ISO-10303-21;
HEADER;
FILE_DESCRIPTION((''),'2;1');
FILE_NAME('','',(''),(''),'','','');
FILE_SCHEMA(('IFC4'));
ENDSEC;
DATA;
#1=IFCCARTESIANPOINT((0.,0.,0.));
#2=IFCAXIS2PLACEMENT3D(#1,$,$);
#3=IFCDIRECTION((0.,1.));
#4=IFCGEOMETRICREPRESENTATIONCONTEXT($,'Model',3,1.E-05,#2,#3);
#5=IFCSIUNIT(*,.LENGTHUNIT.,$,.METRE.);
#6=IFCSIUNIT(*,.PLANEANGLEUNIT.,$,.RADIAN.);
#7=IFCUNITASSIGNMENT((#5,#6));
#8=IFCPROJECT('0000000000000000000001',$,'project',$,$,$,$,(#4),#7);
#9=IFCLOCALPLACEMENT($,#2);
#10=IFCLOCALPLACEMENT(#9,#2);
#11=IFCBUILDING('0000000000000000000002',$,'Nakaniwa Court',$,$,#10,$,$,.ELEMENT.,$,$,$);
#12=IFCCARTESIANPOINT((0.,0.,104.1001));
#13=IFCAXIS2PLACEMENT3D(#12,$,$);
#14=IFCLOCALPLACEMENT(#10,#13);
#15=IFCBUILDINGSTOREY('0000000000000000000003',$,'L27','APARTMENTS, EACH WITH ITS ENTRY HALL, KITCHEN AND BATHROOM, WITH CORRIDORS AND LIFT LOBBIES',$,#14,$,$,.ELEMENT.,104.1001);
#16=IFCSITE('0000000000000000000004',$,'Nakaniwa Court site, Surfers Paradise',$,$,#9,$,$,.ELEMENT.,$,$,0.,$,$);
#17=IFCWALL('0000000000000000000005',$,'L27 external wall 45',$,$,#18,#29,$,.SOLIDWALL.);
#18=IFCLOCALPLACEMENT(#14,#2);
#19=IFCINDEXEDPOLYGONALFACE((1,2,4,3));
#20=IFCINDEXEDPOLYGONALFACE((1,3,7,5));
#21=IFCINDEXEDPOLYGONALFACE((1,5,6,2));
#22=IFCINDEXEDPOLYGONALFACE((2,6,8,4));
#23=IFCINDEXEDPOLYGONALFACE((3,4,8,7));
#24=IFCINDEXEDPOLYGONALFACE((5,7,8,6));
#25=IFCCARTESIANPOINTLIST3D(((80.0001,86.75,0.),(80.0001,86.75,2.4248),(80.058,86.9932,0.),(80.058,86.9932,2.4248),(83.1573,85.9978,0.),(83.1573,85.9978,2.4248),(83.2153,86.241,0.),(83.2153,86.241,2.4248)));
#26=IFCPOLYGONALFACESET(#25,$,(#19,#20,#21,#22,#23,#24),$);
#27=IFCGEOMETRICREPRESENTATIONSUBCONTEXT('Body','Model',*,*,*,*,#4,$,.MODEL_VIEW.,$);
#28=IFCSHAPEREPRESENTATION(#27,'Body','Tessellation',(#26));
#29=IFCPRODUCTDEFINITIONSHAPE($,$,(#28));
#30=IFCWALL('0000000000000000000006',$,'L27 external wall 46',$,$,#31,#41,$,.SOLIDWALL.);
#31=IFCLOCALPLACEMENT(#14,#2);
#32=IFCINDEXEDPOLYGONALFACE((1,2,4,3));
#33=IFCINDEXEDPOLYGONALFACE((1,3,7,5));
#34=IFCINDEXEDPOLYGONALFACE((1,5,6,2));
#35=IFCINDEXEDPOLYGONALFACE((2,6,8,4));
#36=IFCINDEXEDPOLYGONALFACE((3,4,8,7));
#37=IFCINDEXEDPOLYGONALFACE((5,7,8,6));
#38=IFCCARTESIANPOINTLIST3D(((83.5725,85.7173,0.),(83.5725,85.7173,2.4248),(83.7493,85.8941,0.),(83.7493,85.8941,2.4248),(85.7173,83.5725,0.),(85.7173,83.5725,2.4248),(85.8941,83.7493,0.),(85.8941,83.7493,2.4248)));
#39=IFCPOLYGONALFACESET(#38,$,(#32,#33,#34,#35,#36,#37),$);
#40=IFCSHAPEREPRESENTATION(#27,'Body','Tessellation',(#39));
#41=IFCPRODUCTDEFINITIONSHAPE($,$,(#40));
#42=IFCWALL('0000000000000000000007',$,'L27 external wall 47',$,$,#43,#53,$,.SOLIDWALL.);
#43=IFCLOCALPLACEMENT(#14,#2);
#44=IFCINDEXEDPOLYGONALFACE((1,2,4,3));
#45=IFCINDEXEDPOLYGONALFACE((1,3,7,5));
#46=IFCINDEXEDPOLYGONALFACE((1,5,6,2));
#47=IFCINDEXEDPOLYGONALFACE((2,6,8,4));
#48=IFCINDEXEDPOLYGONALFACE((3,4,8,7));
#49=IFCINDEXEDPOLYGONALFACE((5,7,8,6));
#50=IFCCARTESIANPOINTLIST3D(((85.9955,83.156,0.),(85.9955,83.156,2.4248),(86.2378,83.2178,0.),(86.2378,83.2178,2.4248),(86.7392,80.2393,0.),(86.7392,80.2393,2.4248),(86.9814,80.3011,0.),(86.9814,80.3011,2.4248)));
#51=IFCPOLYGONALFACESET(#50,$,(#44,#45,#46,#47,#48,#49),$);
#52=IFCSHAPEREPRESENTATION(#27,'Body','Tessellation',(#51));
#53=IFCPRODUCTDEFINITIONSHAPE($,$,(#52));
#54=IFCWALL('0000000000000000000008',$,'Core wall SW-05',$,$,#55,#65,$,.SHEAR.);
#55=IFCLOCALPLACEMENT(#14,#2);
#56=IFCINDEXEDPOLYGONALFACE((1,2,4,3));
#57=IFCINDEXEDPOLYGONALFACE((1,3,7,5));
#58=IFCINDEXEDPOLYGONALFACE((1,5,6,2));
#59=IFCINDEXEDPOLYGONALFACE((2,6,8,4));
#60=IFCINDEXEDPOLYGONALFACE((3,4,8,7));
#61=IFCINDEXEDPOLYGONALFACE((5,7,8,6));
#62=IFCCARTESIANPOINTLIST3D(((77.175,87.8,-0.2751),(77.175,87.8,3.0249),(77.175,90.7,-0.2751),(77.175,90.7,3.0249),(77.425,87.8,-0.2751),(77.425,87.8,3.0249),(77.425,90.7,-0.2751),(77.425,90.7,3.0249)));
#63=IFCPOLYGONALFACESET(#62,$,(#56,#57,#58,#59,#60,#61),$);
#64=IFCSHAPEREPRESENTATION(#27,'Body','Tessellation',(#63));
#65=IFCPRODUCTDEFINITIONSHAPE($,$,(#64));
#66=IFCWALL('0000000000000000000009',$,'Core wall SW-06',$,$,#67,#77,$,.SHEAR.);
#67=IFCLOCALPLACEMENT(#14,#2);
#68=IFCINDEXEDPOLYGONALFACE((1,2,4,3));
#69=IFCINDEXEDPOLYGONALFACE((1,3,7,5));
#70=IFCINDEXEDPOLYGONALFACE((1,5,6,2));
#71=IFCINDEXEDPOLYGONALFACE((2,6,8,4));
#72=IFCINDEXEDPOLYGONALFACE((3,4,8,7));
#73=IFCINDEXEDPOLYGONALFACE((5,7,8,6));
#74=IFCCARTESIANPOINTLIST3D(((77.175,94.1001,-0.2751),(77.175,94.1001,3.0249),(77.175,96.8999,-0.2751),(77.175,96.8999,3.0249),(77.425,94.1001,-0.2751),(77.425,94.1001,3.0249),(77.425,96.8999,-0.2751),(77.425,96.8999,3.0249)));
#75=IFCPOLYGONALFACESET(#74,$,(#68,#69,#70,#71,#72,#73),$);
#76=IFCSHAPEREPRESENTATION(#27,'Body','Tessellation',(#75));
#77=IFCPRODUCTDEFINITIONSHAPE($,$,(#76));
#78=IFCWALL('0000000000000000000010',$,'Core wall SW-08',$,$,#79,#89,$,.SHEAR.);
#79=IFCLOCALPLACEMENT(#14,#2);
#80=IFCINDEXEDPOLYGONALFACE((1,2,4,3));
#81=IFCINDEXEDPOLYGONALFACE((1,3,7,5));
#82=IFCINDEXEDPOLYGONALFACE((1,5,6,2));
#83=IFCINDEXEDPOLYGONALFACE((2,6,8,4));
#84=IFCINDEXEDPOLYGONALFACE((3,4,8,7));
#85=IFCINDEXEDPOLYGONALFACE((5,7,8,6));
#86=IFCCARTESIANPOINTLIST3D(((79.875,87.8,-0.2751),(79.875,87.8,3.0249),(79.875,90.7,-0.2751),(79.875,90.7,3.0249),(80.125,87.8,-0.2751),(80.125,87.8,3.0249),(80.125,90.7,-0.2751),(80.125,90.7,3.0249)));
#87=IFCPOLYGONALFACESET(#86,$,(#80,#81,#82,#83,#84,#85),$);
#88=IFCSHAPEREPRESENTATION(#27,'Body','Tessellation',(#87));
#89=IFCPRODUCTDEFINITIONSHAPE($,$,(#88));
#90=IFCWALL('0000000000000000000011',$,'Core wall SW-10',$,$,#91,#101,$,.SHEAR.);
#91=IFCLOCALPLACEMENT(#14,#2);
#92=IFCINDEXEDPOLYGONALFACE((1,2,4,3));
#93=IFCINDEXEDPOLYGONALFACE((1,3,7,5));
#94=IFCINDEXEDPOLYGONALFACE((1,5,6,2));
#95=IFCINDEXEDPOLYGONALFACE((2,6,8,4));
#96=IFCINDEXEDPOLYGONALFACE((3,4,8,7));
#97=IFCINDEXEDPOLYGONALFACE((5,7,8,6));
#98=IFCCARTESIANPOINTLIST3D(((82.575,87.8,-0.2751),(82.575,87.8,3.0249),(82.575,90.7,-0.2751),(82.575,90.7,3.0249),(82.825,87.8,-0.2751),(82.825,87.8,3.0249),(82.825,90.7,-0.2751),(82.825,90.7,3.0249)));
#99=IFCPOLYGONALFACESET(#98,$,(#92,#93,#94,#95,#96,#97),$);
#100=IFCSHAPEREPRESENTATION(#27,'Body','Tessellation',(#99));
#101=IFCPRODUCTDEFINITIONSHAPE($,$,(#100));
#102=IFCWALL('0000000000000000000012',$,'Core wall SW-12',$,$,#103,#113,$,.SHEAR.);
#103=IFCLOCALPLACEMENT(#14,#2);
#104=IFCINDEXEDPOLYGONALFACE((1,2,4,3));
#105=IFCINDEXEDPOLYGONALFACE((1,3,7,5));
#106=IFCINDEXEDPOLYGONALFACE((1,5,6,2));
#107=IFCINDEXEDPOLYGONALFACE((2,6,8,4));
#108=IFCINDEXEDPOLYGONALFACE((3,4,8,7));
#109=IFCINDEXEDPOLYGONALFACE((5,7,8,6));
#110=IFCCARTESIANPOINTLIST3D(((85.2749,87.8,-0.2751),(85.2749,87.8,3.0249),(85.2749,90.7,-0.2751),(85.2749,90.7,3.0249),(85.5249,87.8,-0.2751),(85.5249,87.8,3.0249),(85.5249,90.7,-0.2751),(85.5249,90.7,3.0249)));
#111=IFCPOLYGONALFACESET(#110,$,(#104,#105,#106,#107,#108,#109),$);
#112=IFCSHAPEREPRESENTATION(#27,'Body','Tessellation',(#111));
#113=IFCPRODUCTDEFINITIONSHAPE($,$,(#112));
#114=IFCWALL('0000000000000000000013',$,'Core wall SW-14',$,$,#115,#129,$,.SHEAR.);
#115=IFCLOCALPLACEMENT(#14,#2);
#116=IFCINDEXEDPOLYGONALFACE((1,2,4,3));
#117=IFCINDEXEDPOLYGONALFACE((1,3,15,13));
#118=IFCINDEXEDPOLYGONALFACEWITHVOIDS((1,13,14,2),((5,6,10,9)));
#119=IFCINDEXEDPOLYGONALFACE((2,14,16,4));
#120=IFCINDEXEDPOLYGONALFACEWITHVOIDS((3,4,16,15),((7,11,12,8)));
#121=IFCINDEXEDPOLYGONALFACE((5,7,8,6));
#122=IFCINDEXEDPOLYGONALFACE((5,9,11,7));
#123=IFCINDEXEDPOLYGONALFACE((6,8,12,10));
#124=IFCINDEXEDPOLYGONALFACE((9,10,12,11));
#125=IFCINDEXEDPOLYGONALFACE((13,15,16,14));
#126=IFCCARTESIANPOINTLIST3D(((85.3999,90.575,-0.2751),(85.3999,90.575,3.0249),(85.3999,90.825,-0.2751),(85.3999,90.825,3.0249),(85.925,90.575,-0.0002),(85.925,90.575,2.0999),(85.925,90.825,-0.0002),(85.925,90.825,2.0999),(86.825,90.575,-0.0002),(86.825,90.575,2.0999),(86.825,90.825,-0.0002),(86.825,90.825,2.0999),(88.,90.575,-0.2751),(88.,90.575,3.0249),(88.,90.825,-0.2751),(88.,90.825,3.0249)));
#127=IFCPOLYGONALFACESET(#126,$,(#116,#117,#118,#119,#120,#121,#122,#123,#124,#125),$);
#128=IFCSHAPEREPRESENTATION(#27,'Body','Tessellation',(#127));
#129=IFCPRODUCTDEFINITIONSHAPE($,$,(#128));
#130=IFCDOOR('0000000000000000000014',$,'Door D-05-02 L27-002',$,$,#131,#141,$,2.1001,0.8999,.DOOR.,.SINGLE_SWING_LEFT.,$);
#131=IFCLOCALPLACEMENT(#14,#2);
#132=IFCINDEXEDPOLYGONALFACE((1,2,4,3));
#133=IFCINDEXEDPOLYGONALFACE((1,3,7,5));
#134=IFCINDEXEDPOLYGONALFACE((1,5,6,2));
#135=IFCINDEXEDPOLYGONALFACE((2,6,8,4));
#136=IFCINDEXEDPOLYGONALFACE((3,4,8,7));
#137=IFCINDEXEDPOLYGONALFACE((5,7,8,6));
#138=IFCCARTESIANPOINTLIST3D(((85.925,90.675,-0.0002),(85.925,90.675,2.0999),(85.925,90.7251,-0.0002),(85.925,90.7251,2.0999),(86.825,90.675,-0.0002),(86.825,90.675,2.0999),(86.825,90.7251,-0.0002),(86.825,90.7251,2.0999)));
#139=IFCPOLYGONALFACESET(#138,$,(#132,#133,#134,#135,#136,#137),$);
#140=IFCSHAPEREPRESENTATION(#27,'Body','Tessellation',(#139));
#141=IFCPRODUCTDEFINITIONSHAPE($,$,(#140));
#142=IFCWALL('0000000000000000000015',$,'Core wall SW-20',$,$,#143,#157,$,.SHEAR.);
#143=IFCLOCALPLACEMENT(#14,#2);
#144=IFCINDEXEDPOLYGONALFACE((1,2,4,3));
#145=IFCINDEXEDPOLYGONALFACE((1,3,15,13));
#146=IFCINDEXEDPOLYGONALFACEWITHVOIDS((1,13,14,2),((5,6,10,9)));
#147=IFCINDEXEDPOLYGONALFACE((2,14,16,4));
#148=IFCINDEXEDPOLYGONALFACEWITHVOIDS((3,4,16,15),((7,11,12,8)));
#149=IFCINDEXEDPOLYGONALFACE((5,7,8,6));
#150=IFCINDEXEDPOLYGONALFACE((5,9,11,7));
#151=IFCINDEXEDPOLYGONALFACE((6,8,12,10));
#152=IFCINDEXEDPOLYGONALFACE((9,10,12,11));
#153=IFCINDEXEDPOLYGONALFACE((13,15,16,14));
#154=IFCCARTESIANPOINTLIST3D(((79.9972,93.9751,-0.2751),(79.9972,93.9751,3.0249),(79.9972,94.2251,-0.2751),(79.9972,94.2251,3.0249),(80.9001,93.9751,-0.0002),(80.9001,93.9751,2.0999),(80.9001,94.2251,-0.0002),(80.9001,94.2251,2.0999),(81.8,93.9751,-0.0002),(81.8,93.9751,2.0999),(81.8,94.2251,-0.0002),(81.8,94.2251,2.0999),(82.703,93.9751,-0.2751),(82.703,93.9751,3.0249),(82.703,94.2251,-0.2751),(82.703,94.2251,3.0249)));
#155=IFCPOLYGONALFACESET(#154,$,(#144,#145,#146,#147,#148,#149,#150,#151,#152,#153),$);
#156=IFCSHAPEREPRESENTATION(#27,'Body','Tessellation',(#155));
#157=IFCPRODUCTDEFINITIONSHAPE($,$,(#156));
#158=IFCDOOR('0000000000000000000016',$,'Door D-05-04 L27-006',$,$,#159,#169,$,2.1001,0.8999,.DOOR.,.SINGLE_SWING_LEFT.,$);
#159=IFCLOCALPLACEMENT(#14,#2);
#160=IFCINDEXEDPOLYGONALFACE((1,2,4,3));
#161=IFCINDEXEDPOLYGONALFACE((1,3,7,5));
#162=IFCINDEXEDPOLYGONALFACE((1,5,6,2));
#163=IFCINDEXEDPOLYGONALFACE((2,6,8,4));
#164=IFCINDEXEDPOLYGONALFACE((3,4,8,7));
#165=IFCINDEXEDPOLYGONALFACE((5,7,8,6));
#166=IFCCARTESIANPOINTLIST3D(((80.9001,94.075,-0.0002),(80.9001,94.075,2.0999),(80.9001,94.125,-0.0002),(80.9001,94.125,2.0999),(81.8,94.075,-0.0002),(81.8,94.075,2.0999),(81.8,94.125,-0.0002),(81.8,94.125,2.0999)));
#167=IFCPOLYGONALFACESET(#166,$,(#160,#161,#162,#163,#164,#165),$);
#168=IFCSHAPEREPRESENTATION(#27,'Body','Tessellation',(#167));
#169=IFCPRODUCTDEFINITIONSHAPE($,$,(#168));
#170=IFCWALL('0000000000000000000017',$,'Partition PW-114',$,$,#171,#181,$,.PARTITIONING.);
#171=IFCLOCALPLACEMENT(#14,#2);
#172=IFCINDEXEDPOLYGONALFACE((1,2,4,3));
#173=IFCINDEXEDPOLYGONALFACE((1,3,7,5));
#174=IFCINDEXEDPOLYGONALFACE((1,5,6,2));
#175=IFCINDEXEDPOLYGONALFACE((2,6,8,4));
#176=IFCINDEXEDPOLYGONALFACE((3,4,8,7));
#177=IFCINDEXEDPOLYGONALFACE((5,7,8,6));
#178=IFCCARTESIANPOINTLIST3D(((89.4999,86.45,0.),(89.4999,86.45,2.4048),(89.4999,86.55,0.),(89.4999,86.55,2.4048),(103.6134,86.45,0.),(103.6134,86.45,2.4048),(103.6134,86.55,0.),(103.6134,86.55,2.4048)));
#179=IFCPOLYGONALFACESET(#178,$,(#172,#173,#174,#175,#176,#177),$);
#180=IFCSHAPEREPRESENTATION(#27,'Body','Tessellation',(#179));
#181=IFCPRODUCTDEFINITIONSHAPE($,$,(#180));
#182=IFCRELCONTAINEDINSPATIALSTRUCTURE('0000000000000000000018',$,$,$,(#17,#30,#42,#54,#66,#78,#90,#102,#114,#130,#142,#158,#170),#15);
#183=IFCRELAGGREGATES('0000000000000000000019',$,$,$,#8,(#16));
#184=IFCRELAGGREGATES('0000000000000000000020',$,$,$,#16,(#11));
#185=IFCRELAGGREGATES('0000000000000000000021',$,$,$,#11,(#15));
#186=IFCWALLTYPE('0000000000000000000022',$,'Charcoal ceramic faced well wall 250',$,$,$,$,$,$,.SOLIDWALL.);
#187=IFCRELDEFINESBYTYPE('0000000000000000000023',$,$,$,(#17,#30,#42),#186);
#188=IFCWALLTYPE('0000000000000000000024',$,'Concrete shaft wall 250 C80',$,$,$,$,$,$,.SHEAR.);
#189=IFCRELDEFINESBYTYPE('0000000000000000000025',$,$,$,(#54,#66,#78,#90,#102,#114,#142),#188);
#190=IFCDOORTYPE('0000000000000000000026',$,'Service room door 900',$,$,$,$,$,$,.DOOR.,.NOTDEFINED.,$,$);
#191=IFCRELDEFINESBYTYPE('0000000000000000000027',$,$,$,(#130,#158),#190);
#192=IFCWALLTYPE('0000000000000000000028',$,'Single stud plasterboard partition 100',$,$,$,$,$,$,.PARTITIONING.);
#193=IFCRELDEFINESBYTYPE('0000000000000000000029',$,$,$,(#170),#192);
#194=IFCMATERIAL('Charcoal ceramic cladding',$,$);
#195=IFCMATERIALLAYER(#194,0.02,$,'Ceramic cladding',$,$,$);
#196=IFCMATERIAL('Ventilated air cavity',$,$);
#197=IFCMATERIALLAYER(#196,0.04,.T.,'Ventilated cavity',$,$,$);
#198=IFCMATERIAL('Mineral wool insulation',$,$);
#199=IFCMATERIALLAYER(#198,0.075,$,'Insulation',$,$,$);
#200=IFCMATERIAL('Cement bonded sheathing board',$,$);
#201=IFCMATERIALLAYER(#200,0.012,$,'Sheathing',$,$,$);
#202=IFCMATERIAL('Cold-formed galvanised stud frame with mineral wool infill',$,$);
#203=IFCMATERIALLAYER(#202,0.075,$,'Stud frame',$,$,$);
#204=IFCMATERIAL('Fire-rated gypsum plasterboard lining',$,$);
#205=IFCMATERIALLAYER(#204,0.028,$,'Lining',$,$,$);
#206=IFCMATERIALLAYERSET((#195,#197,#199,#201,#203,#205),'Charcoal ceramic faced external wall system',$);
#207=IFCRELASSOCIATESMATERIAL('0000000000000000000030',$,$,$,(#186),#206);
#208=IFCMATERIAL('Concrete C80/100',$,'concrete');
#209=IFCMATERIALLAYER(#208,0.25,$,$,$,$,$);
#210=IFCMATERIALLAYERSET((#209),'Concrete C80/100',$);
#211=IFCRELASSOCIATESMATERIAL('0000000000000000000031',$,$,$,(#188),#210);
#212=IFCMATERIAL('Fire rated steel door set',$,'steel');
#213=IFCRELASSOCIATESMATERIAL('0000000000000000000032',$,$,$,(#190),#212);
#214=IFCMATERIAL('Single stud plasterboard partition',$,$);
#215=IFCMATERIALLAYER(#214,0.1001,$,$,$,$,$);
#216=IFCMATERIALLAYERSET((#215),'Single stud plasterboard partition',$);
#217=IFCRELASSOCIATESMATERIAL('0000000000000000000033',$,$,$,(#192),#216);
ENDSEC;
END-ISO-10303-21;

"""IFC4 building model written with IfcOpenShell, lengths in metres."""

from ifc_helpers import new_model, si_unit, direction, frame, frame_2d, origin, place, context, subcontext, project, spatial, rectangle, extrude, material, layer, layer_set, type_object, element, fill, save


model = new_model("IFC4")

# Units and contexts
model_context = context("Model", 3, precision=1e-05, world=origin(), true_north=direction((0.0, 1.0)))
body_context = subcontext(model_context, "Body", "Model", "MODEL_VIEW")
ifc_project = project(units=[si_unit("LENGTHUNIT", "METRE"), si_unit("PLANEANGLEUNIT", "RADIAN")], contexts=[model_context])

# Site, building, storey
site_placement = place(None, origin())
site = spatial("IfcSite", under=ifc_project, at=site_placement, Name="Nakaniwa Court site, Surfers Paradise", CompositionType="ELEMENT", RefElevation=0.0)
building_placement = place(site_placement, origin())
building = spatial("IfcBuilding", under=site, at=building_placement, Name="Nakaniwa Court", CompositionType="ELEMENT")
storey_placement = place(building_placement, frame((0.0, 0.0, 104.1001)))
storey = spatial("IfcBuildingStorey", under=building, at=storey_placement, Name="L27", Description="APARTMENTS, EACH WITH ITS ENTRY HALL, KITCHEN AND BATHROOM, WITH CORRIDORS AND LIFT LOBBIES", CompositionType="ELEMENT", Elevation=104.1001)

# Shared definitions
ifc_material_1 = material(Name="Concrete C80/100", Category="concrete")

# Walls
ifc_material_2 = material(Name="Charcoal ceramic cladding")
ifc_layer_1 = layer(ifc_material_2, 0.02, Name="Ceramic cladding")
ifc_material_3 = material(Name="Ventilated air cavity")
ifc_layer_2 = layer(ifc_material_3, 0.04, ventilated=True, Name="Ventilated cavity")
ifc_material_4 = material(Name="Mineral wool insulation")
ifc_layer_3 = layer(ifc_material_4, 0.075, Name="Insulation")
ifc_material_5 = material(Name="Cement bonded sheathing board")
ifc_layer_4 = layer(ifc_material_5, 0.012, Name="Sheathing")
ifc_material_6 = material(Name="Cold-formed galvanised stud frame with mineral wool infill")
ifc_layer_5 = layer(ifc_material_6, 0.075, Name="Stud frame")
ifc_material_7 = material(Name="Fire-rated gypsum plasterboard lining")
ifc_layer_6 = layer(ifc_material_7, 0.028, Name="Lining")
ifc_layer_set_1 = layer_set([ifc_layer_1, ifc_layer_2, ifc_layer_3, ifc_layer_4, ifc_layer_5, ifc_layer_6], Name="Charcoal ceramic faced external wall system")
wall_type_1 = type_object("IfcWallType", Name="Charcoal ceramic faced well wall 250", PredefinedType="SOLIDWALL", material=ifc_layer_set_1)
wall_1_placement = place(storey_placement, frame((80.0291, 86.8716, 0.0), z_axis=(0.0, 0.0, 1.0), x_axis=(0.972773, -0.23176, 0.0)))
element("IfcWall", 1, at=wall_1_placement, inside=storey, type_object=wall_type_1, Name="L27 external wall 45", PredefinedType="SOLIDWALL", context=body_context, shape_type="SweptSolid", body=[
    extrude(rectangle(XDim=3.2456, YDim=0.25, at=frame_2d((1.6228, 0.0))), origin(), (0.0, 0.0, 1.0), 2.4248),
])
wall_2_placement = place(storey_placement, frame((83.6609, 85.8057, 0.0), z_axis=(0.0, 0.0, 1.0), x_axis=(0.707107, -0.707107, 0.0)))
element("IfcWall", 2, at=wall_2_placement, inside=storey, type_object=wall_type_1, Name="L27 external wall 46", PredefinedType="SOLIDWALL", context=body_context, shape_type="SweptSolid", body=[
    extrude(rectangle(XDim=3.0332, YDim=0.25, at=frame_2d((1.5166, 0.0))), origin(), (0.0, 0.0, 1.0), 2.4248),
])
wall_3_placement = place(storey_placement, frame((86.1167, 83.1868, 0.0), z_axis=(0.0, 0.0, 1.0), x_axis=(0.247056, -0.969001, 0.0)))
element("IfcWall", 3, at=wall_3_placement, inside=storey, type_object=wall_type_1, Name="L27 external wall 47", PredefinedType="SOLIDWALL", context=body_context, shape_type="SweptSolid", body=[
    extrude(rectangle(XDim=3.01, YDim=0.25, at=frame_2d((1.5049, 0.0))), origin(), (0.0, 0.0, 1.0), 2.4248),
])
ifc_layer_7 = layer(ifc_material_1, 0.25)
ifc_layer_set_2 = layer_set([ifc_layer_7], Name="Concrete C80/100")
wall_type_2 = type_object("IfcWallType", Name="Concrete shaft wall 250 C80", PredefinedType="SHEAR", material=ifc_layer_set_2)
wall_4_placement = place(storey_placement, frame((77.3, 87.8, -0.2751), z_axis=(0.0, 0.0, 1.0), x_axis=(0.0, 1.0, 0.0)))
element("IfcWall", 4, at=wall_4_placement, inside=storey, type_object=wall_type_2, Name="Core wall SW-05", PredefinedType="SHEAR", context=body_context, shape_type="SweptSolid", body=[
    extrude(rectangle(XDim=2.8999, YDim=0.25, at=frame_2d((1.45, 0.0))), origin(), (0.0, 0.0, 1.0), 3.3),
])
wall_5_placement = place(storey_placement, frame((77.3, 94.1001, -0.2751), z_axis=(0.0, 0.0, 1.0), x_axis=(0.0, 1.0, 0.0)))
element("IfcWall", 5, at=wall_5_placement, inside=storey, type_object=wall_type_2, Name="Core wall SW-06", PredefinedType="SHEAR", context=body_context, shape_type="SweptSolid", body=[
    extrude(rectangle(XDim=2.7998, YDim=0.25, at=frame_2d((1.3999, 0.0))), origin(), (0.0, 0.0, 1.0), 3.3),
])
for number, where, z_axis, x_axis, name in (
    (6, (80.0, 87.8, -0.2751), (0.0, 0.0, 1.0), (0.0, 1.0, 0.0), "Core wall SW-08"),
    (7, (82.7, 87.8, -0.2751), (0.0, 0.0, 1.0), (0.0, 1.0, 0.0), "Core wall SW-10"),
    (8, (85.3999, 87.8, -0.2751), (0.0, 0.0, 1.0), (0.0, 1.0, 0.0), "Core wall SW-12"),
):
    element("IfcWall", number, at=place(storey_placement, frame(where, z_axis=z_axis, x_axis=x_axis)), inside=storey, type_object=wall_type_2, Name=name, PredefinedType="SHEAR", context=body_context, shape_type="SweptSolid", body=[
        extrude(rectangle(XDim=2.8999, YDim=0.25, at=frame_2d((1.45, 0.0))), origin(), (0.0, 0.0, 1.0), 3.3),
    ])

# Walls, openings, doors
wall_6_placement = place(storey_placement, frame((88.0, 90.7, -0.2751), z_axis=(0.0, 0.0, 1.0), x_axis=(-1.0, 0.0, 0.0)))
wall_6 = element("IfcWall", 9, at=wall_6_placement, inside=storey, type_object=wall_type_2, Name="Core wall SW-14", PredefinedType="SHEAR", context=body_context, shape_type="SweptSolid", body=[
    extrude(rectangle(XDim=2.6001, YDim=0.25, at=frame_2d((1.3, 0.0))), origin(), (0.0, 0.0, 1.0), 3.3),
])
opening_1_placement = place(wall_6_placement, frame((1.175, 0.0, 0.2749)))
opening_1 = element("IfcOpeningElement", 10, at=opening_1_placement, cuts=wall_6, PredefinedType="OPENING", context=body_context, shape_type="SweptSolid", body=[
    extrude(rectangle(XDim=0.8999, YDim=2.1001, at=frame_2d((0.45, 1.05))), frame((0.0, 0.135, 0.0), z_axis=(0.0, -1.0, 0.0), x_axis=(1.0, 0.0, 0.0)), (0.0, 0.0, 1.0), 0.27),
])
ifc_material_8 = material(Name="Fire rated steel door set", Category="steel")
door_type_1 = type_object("IfcDoorType", Name="Service room door 900", OperationType="NOTDEFINED", PredefinedType="DOOR", material=ifc_material_8)
door_1_placement = place(opening_1_placement, origin())
door_1 = element("IfcDoor", 11, at=door_1_placement, inside=storey, type_object=door_type_1, Name="Door D-05-02 L27-002", OperationType="SINGLE_SWING_LEFT", OverallHeight=2.1001, OverallWidth=0.8999, PredefinedType="DOOR", context=body_context, shape_type="SweptSolid", body=[
    extrude(rectangle(XDim=0.8999, YDim=2.1001, at=frame_2d((0.45, 1.05))), frame((0.0, 0.0249, 0.0), z_axis=(0.0, -1.0, 0.0), x_axis=(1.0, 0.0, 0.0)), (0.0, 0.0, 1.0), 0.05),
])
fill(opening_1, door_1)
wall_7_placement = place(storey_placement, frame((79.9971, 94.1001, -0.2751), z_axis=(0.0, 0.0, 1.0), x_axis=(1.0, 0.0, 0.0)))
wall_7 = element("IfcWall", 12, at=wall_7_placement, inside=storey, type_object=wall_type_2, Name="Core wall SW-20", PredefinedType="SHEAR", context=body_context, shape_type="SweptSolid", body=[
    extrude(rectangle(XDim=2.7058, YDim=0.25, at=frame_2d((1.353, 0.0))), origin(), (0.0, 0.0, 1.0), 3.3),
])
opening_2_placement = place(wall_7_placement, frame((0.9031, 0.0, 0.2749)))
opening_2 = element("IfcOpeningElement", 13, at=opening_2_placement, cuts=wall_7, PredefinedType="OPENING", context=body_context, shape_type="SweptSolid", body=[
    extrude(rectangle(XDim=0.8999, YDim=2.1001, at=frame_2d((0.45, 1.05))), frame((0.0, 0.135, 0.0), z_axis=(0.0, -1.0, 0.0), x_axis=(1.0, 0.0, 0.0)), (0.0, 0.0, 1.0), 0.27),
])
door_2_placement = place(opening_2_placement, origin())
door_2 = element("IfcDoor", 14, at=door_2_placement, inside=storey, type_object=door_type_1, Name="Door D-05-04 L27-006", OperationType="SINGLE_SWING_LEFT", OverallHeight=2.1001, OverallWidth=0.8999, PredefinedType="DOOR", context=body_context, shape_type="SweptSolid", body=[
    extrude(rectangle(XDim=0.8999, YDim=2.1001, at=frame_2d((0.45, 1.05))), frame((0.0, 0.0249, 0.0), z_axis=(0.0, -1.0, 0.0), x_axis=(1.0, 0.0, 0.0)), (0.0, 0.0, 1.0), 0.05),
])
fill(opening_2, door_2)

# Wall
ifc_material_9 = material(Name="Single stud plasterboard partition")
ifc_layer_8 = layer(ifc_material_9, 0.1001)
ifc_layer_set_3 = layer_set([ifc_layer_8], Name="Single stud plasterboard partition")
wall_type_3 = type_object("IfcWallType", Name="Single stud plasterboard partition 100", PredefinedType="PARTITIONING", material=ifc_layer_set_3)
wall_8_placement = place(storey_placement, frame((89.5, 86.5, 0.0), z_axis=(0.0, 0.0, 1.0), x_axis=(1.0, 0.0, 0.0)))
element("IfcWall", 15, at=wall_8_placement, inside=storey, type_object=wall_type_3, Name="Partition PW-114", PredefinedType="PARTITIONING", context=body_context, shape_type="SweptSolid", body=[
    extrude(rectangle(XDim=14.1135, YDim=0.1001, at=frame_2d((7.0566, 0.0))), origin(), (0.0, 0.0, 1.0), 2.4048),
])

save(model, "model.ifc")
